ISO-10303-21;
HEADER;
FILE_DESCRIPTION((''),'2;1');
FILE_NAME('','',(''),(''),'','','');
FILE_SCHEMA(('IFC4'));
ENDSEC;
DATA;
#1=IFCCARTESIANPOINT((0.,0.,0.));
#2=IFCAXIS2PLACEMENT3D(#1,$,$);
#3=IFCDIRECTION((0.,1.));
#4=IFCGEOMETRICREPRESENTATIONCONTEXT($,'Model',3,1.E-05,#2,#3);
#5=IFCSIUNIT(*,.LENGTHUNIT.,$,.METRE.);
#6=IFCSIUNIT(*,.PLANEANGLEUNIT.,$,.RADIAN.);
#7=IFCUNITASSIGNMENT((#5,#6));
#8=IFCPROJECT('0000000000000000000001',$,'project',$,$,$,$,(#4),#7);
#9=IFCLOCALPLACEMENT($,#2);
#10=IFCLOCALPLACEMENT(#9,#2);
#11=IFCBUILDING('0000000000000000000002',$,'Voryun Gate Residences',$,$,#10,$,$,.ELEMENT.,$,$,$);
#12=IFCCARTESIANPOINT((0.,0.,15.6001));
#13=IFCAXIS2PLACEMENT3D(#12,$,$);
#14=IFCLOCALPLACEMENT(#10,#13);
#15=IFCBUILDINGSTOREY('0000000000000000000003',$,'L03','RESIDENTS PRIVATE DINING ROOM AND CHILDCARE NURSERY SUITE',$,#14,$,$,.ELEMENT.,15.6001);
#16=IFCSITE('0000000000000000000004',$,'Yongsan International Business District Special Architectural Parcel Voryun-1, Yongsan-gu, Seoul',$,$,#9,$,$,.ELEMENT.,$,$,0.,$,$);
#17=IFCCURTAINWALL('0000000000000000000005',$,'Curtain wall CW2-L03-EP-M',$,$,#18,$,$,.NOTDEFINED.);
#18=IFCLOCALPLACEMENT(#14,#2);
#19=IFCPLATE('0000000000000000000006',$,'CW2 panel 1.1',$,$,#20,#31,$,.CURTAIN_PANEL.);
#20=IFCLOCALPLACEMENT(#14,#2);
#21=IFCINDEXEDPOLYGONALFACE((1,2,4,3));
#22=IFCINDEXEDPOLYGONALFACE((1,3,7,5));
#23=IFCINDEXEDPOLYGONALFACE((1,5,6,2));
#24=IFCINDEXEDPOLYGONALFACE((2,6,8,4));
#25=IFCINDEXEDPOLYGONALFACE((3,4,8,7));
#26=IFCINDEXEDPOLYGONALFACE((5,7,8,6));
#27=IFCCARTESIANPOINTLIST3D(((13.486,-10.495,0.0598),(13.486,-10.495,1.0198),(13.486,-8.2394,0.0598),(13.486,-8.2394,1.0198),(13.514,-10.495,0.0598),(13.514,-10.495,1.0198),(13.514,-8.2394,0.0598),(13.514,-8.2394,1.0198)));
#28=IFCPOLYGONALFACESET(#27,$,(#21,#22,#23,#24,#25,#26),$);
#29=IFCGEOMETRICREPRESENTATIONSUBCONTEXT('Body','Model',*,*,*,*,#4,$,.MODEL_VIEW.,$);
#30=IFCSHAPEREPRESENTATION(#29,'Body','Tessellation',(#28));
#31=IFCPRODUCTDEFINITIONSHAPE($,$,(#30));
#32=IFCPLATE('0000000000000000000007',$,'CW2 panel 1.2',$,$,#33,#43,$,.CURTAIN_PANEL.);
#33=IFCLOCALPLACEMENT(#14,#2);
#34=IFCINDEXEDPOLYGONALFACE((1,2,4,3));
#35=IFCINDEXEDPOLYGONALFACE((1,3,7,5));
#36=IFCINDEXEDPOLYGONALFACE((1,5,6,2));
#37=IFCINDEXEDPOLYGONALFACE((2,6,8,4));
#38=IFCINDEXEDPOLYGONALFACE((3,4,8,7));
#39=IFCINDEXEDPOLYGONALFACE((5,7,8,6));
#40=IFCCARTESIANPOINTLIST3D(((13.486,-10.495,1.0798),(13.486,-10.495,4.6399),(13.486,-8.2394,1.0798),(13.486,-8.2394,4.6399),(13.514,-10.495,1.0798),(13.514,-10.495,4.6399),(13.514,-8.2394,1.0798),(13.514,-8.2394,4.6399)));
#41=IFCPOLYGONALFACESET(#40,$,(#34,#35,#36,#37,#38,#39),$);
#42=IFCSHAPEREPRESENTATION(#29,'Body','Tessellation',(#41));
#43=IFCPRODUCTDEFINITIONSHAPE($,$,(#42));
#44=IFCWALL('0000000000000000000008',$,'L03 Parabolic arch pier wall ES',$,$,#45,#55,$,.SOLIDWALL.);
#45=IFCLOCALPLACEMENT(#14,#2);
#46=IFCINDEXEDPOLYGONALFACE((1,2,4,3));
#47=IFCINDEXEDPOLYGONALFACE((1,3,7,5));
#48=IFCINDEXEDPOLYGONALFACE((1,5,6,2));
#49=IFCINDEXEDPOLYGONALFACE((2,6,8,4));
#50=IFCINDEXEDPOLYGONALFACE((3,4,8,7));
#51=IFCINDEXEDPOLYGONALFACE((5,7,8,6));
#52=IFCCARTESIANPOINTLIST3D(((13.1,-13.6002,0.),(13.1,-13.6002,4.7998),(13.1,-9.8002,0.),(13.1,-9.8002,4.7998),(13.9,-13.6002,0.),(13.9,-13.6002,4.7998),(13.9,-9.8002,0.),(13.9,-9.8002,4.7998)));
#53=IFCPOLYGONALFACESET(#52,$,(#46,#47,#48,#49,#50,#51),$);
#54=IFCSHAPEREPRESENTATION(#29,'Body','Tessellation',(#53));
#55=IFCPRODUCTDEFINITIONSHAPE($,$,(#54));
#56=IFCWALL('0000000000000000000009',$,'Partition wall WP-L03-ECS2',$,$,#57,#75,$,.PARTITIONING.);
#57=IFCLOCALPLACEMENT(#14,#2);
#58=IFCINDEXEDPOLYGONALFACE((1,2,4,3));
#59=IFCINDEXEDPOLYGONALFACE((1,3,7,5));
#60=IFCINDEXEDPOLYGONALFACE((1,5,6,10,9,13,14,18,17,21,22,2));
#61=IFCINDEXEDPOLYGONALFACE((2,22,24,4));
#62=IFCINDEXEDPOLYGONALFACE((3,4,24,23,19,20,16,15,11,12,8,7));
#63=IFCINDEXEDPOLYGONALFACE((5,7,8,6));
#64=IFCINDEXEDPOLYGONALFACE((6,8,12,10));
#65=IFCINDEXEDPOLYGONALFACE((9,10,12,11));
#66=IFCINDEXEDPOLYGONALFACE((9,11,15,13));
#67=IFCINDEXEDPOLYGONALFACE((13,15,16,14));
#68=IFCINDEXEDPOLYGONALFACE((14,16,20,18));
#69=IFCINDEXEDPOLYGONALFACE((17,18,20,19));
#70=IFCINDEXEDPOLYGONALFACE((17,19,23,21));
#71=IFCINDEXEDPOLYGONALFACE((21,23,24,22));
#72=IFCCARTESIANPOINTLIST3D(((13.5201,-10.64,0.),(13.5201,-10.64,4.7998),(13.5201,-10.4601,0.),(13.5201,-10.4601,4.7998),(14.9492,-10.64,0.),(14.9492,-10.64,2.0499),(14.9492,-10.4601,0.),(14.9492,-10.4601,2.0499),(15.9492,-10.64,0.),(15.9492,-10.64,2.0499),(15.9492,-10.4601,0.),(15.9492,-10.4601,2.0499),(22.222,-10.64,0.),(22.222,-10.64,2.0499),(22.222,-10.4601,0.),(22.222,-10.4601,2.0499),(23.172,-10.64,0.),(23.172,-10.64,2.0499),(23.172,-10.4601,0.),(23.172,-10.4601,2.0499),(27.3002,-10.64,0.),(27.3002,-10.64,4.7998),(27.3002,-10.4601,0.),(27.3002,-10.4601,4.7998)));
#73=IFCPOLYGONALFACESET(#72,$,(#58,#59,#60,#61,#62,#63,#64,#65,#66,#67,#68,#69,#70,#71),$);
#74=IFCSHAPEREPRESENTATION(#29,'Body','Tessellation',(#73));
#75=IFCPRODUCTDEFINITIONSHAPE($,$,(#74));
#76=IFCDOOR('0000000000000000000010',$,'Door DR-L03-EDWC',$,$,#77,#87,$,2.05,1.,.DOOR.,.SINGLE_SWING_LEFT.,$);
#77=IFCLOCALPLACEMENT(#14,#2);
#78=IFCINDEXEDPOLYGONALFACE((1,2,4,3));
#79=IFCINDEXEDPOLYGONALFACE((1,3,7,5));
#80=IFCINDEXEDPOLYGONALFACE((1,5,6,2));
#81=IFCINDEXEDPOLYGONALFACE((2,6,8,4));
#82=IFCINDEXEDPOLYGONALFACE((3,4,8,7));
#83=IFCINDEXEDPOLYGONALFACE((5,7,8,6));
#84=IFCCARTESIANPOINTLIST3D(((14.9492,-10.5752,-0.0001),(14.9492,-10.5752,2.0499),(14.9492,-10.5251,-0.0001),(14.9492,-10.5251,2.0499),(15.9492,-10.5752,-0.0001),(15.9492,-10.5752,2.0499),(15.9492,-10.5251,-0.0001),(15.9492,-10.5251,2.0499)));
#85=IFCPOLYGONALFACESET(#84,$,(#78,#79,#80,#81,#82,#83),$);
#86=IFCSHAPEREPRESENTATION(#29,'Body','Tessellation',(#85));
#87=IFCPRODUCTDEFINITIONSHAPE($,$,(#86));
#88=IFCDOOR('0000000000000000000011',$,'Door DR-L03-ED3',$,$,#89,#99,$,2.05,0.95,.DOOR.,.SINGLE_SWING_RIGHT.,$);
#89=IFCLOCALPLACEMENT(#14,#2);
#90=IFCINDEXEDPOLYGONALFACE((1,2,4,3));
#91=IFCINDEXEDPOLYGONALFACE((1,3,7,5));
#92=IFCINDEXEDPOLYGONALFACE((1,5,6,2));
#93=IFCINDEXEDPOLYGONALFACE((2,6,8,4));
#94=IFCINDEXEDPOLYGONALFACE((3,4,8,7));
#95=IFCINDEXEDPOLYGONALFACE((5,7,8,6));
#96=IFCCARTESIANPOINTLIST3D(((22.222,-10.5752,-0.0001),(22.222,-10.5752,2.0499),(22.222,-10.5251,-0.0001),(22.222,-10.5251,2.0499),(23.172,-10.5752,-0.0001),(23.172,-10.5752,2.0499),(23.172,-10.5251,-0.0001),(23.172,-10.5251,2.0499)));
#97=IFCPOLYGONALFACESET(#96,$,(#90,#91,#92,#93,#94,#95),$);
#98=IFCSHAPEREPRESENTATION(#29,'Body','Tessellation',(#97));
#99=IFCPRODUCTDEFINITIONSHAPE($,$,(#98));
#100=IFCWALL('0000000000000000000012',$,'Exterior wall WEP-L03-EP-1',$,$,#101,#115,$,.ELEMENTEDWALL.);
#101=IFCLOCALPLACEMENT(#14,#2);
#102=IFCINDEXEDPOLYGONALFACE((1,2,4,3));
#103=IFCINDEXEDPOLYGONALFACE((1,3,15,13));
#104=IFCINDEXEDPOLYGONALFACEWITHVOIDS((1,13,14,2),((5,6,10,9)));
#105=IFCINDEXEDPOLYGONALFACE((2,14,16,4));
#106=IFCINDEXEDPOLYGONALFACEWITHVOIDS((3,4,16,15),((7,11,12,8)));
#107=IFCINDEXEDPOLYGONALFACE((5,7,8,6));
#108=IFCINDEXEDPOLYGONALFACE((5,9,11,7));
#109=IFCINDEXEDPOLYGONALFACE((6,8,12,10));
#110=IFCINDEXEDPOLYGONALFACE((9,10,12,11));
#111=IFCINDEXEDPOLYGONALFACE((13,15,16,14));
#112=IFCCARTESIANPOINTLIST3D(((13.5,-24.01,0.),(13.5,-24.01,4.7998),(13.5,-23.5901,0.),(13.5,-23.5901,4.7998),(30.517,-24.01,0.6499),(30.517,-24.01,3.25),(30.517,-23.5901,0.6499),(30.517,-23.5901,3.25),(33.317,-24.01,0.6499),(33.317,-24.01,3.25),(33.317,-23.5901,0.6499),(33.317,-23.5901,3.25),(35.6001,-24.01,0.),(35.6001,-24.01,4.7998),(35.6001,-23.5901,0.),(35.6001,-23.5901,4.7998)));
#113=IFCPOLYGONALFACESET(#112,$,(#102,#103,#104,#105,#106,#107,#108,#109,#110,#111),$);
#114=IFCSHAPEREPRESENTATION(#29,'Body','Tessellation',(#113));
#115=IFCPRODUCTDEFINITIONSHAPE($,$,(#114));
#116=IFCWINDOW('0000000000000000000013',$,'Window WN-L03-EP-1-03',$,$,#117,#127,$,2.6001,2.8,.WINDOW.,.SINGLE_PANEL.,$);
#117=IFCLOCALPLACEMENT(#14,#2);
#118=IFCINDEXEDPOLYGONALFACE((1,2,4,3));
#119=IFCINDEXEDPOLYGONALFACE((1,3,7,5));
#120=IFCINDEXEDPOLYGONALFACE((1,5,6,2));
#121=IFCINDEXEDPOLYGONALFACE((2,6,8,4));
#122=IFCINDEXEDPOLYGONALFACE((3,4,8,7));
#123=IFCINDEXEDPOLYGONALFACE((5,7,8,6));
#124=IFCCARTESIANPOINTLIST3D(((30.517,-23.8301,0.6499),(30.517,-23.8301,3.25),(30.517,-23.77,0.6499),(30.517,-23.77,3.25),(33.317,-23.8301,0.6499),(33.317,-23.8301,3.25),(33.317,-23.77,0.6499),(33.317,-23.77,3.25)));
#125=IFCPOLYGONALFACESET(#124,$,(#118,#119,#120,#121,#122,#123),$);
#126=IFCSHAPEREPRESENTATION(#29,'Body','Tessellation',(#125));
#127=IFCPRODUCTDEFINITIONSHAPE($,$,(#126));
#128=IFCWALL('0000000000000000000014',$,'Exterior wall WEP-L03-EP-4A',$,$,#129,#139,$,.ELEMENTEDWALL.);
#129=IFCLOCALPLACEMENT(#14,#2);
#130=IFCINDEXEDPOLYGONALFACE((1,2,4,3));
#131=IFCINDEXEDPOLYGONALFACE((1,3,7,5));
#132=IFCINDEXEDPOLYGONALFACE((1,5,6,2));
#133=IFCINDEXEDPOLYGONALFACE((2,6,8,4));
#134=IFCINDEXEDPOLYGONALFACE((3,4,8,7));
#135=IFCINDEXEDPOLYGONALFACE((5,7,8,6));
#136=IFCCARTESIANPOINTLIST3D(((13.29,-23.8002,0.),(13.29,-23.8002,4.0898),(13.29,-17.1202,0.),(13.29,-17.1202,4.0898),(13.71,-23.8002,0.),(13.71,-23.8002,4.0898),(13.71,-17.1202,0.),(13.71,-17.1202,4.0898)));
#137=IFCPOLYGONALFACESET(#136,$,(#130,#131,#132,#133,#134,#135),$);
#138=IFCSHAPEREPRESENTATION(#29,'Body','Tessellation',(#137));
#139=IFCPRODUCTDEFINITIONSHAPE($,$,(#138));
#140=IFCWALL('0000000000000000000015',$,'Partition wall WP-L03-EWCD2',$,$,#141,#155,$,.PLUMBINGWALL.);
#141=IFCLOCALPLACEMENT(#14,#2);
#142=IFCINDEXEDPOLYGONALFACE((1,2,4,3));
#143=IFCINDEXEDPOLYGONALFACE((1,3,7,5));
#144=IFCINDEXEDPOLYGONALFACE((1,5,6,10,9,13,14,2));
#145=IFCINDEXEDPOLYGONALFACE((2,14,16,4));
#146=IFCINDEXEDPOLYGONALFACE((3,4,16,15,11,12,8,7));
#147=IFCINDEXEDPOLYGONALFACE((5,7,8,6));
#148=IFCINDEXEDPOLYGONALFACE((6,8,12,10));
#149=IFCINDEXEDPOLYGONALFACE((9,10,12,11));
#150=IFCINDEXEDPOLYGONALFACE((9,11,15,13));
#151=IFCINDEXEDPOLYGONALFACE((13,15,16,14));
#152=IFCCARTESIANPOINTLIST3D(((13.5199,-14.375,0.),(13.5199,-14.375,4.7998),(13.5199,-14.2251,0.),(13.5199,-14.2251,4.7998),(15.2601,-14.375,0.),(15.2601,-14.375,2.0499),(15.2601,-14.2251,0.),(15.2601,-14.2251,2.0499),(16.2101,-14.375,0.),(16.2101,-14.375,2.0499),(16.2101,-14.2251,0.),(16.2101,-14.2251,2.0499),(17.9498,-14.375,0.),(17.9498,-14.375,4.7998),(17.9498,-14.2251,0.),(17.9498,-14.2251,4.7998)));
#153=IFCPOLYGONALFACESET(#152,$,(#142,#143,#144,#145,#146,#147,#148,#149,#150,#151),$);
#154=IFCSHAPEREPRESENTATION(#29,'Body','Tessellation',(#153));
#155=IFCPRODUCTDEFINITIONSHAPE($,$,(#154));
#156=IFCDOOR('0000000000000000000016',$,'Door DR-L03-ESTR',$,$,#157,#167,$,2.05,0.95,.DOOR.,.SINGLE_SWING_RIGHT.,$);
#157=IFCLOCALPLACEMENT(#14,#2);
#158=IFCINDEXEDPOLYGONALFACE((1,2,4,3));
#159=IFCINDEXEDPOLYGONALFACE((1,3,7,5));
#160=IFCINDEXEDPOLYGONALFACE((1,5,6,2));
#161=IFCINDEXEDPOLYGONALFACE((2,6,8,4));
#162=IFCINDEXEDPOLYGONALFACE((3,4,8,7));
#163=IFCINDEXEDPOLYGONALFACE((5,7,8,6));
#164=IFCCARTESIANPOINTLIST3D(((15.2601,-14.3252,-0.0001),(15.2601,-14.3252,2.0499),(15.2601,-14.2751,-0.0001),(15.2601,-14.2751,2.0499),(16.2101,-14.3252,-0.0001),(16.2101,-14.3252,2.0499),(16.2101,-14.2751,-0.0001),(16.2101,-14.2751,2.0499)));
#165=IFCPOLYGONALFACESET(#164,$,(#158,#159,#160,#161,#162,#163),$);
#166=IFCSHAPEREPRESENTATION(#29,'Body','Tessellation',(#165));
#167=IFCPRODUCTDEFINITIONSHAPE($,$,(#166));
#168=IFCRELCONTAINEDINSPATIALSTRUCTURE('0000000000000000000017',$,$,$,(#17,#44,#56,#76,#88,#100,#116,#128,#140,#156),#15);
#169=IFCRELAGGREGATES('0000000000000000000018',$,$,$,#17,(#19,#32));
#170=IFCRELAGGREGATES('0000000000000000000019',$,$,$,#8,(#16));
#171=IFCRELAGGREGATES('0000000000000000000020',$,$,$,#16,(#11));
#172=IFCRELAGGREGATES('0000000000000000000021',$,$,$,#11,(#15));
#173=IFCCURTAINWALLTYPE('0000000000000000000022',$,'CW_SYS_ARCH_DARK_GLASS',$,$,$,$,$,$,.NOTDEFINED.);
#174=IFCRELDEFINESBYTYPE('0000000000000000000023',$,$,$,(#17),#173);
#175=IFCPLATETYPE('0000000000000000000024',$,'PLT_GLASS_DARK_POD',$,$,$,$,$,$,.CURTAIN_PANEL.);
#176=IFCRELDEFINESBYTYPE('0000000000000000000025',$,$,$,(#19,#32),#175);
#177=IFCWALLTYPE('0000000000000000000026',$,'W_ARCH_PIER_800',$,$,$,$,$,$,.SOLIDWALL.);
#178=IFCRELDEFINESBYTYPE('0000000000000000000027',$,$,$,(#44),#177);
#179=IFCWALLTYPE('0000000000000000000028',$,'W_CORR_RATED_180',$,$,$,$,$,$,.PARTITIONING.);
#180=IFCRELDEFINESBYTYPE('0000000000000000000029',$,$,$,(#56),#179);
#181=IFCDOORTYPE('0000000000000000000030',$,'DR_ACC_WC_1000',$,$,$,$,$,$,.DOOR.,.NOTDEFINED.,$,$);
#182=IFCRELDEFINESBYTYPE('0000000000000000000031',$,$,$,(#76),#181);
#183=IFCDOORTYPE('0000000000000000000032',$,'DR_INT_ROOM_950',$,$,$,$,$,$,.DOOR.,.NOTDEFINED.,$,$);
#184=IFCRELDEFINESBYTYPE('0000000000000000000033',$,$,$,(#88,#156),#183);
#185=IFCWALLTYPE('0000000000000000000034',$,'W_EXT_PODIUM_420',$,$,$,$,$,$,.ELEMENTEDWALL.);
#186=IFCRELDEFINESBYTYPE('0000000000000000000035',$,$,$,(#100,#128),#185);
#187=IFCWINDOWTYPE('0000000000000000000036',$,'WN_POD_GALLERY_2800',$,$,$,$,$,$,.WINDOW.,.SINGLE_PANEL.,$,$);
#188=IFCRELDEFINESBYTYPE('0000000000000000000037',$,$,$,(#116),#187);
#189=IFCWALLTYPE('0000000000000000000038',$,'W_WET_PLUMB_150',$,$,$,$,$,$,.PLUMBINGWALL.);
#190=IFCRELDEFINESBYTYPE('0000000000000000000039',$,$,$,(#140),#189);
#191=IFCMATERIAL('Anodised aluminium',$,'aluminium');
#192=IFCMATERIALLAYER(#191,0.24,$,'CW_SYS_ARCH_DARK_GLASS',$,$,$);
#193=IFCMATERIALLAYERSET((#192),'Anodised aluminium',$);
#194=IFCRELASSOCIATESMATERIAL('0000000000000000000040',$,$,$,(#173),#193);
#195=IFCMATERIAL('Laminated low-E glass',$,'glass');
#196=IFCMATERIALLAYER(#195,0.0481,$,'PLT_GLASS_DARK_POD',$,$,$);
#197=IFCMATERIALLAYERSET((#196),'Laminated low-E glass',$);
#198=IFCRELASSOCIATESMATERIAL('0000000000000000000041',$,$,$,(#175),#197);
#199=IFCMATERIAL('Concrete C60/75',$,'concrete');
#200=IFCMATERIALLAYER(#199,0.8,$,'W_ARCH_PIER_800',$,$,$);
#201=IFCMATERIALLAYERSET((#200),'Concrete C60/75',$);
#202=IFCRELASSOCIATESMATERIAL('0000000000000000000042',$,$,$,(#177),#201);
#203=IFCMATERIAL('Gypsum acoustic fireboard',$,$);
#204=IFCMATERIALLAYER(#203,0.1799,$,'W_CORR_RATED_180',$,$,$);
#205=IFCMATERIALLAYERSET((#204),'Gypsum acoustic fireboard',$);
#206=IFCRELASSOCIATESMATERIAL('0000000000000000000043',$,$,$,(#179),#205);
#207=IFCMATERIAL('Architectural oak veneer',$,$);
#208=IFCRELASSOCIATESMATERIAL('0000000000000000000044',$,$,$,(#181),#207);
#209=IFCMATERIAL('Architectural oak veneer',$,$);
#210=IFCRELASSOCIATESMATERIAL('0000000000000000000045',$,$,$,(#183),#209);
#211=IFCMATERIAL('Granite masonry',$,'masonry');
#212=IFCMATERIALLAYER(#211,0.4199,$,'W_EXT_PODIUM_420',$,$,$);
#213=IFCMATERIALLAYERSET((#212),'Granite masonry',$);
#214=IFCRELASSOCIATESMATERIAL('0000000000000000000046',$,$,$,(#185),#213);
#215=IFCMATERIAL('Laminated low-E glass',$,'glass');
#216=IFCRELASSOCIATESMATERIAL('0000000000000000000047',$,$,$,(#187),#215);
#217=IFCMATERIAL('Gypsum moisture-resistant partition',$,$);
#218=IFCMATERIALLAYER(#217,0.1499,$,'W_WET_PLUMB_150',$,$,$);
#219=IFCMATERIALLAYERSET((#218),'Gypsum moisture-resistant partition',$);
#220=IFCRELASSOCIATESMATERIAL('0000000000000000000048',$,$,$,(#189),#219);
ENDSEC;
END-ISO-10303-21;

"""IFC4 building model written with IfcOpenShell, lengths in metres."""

from ifc_helpers import new_model, si_unit, direction, frame, frame_2d, origin, origin_2d, place, context, subcontext, project, spatial, rectangle, extrude, material, layer, layer_set, type_object, element, fill, aggregate, save


model = new_model("IFC4")

# Units and contexts
model_context = context("Model", 3, precision=1e-05, world=origin(), true_north=direction((0.0, 1.0)))
body_context = subcontext(model_context, "Body", "Model", "MODEL_VIEW")
ifc_project = project(units=[si_unit("LENGTHUNIT", "METRE"), si_unit("PLANEANGLEUNIT", "RADIAN")], contexts=[model_context])

# Site, building, storey
site_placement = place(None, origin())
site = spatial("IfcSite", under=ifc_project, at=site_placement, Name="Yongsan International Business District Special Architectural Parcel Voryun-1, Yongsan-gu, Seoul", CompositionType="ELEMENT", RefElevation=0.0)
building_placement = place(site_placement, origin())
building = spatial("IfcBuilding", under=site, at=building_placement, Name="Voryun Gate Residences", CompositionType="ELEMENT")
storey_placement = place(building_placement, frame((0.0, 0.0, 15.6001)))
storey = spatial("IfcBuildingStorey", under=building, at=storey_placement, Name="L03", Description="RESIDENTS PRIVATE DINING ROOM AND CHILDCARE NURSERY SUITE", CompositionType="ELEMENT", Elevation=15.6001)

# Curtain wall
ifc_material_1 = material(Name="Anodised aluminium", Category="aluminium")
ifc_layer_1 = layer(ifc_material_1, 0.24, Name="CW_SYS_ARCH_DARK_GLASS")
ifc_layer_set_1 = layer_set([ifc_layer_1], Name="Anodised aluminium")
curtain_wall_type = type_object("IfcCurtainWallType", Name="CW_SYS_ARCH_DARK_GLASS", PredefinedType="NOTDEFINED", material=ifc_layer_set_1)
curtain_wall_placement = place(storey_placement, origin())
curtain_wall = element("IfcCurtainWall", 1, at=curtain_wall_placement, inside=storey, type_object=curtain_wall_type, Name="Curtain wall CW2-L03-EP-M", PredefinedType="NOTDEFINED")

# Plates
ifc_material_2 = material(Name="Laminated low-E glass", Category="glass")
ifc_layer_2 = layer(ifc_material_2, 0.0481, Name="PLT_GLASS_DARK_POD")
ifc_layer_set_2 = layer_set([ifc_layer_2], Name="Laminated low-E glass")
plate_type_1 = type_object("IfcPlateType", Name="PLT_GLASS_DARK_POD", PredefinedType="CURTAIN_PANEL", material=ifc_layer_set_2)
plate_1_placement = place(storey_placement, frame((13.5, -9.3672, 0.0598), z_axis=(0.0, 0.0, 1.0), x_axis=(0.0, 1.0, 0.0)))
plate_1 = element("IfcPlate", 2, at=plate_1_placement, type_object=plate_type_1, Name="CW2 panel 1.1", PredefinedType="CURTAIN_PANEL", context=body_context, shape_type="SweptSolid", body=[
    extrude(rectangle(XDim=2.2556, YDim=0.0281, at=origin_2d()), origin(), (0.0, 0.0, 1.0), 0.96),
])
plate_2_placement = place(storey_placement, frame((13.5, -9.3672, 1.0798), z_axis=(0.0, 0.0, 1.0), x_axis=(0.0, 1.0, 0.0)))
plate_2 = element("IfcPlate", 3, at=plate_2_placement, type_object=plate_type_1, Name="CW2 panel 1.2", PredefinedType="CURTAIN_PANEL", context=body_context, shape_type="SweptSolid", body=[
    extrude(rectangle(XDim=2.2556, YDim=0.0281, at=origin_2d()), origin(), (0.0, 0.0, 1.0), 3.5601),
])
aggregate(curtain_wall, [plate_1, plate_2])

# Wall
ifc_material_3 = material(Name="Concrete C60/75", Category="concrete")
ifc_layer_3 = layer(ifc_material_3, 0.8, Name="W_ARCH_PIER_800")
ifc_layer_set_3 = layer_set([ifc_layer_3], Name="Concrete C60/75")
wall_type_1 = type_object("IfcWallType", Name="W_ARCH_PIER_800", PredefinedType="SOLIDWALL", material=ifc_layer_set_3)
wall_1_placement = place(storey_placement, frame((13.5, -13.6001, 0.0), z_axis=(0.0, 0.0, 1.0), x_axis=(0.0, 1.0, 0.0)))
element("IfcWall", 4, at=wall_1_placement, inside=storey, type_object=wall_type_1, Name="L03 Parabolic arch pier wall ES", PredefinedType="SOLIDWALL", context=body_context, shape_type="SweptSolid", body=[
    extrude(rectangle(XDim=3.8, YDim=0.8, at=frame_2d((1.8999, 0.0))), origin(), (0.0, 0.0, 1.0), 4.7998),
])

# Wall, openings, doors
ifc_material_4 = material(Name="Gypsum acoustic fireboard")
ifc_layer_4 = layer(ifc_material_4, 0.1799, Name="W_CORR_RATED_180")
ifc_layer_set_4 = layer_set([ifc_layer_4], Name="Gypsum acoustic fireboard")
wall_type_2 = type_object("IfcWallType", Name="W_CORR_RATED_180", PredefinedType="PARTITIONING", material=ifc_layer_set_4)
wall_2_placement = place(storey_placement, frame((13.52, -10.55, 0.0), z_axis=(0.0, 0.0, 1.0), x_axis=(1.0, 0.0, 0.0)))
wall_2 = element("IfcWall", 5, at=wall_2_placement, inside=storey, type_object=wall_type_2, Name="Partition wall WP-L03-ECS2", PredefinedType="PARTITIONING", context=body_context, shape_type="SweptSolid", body=[
    extrude(rectangle(XDim=13.78, YDim=0.1799, at=frame_2d((6.8901, 0.0))), origin(), (0.0, 0.0, 1.0), 4.7998),
])
opening_1_placement = place(wall_2_placement, frame((1.4292, 0.0, 0.0)))
opening_1 = element("IfcOpeningElement", 6, at=opening_1_placement, cuts=wall_2, PredefinedType="OPENING", context=body_context, shape_type="SweptSolid", body=[
    extrude(rectangle(XDim=1.0, YDim=2.05, at=frame_2d((0.5, 1.0249))), frame((0.0, 0.0999, 0.0), z_axis=(0.0, -1.0, 0.0), x_axis=(1.0, 0.0, 0.0)), (0.0, 0.0, 1.0), 0.2),
])
opening_2_placement = place(wall_2_placement, frame((8.7019, 0.0, 0.0)))
opening_2 = element("IfcOpeningElement", 7, at=opening_2_placement, cuts=wall_2, PredefinedType="OPENING", context=body_context, shape_type="SweptSolid", body=[
    extrude(rectangle(XDim=0.95, YDim=2.05, at=frame_2d((0.4751, 1.0249))), frame((0.0, 0.0999, 0.0), z_axis=(0.0, -1.0, 0.0), x_axis=(1.0, 0.0, 0.0)), (0.0, 0.0, 1.0), 0.2),
])
ifc_material_5 = material(Name="Architectural oak veneer")
door_type_1 = type_object("IfcDoorType", Name="DR_ACC_WC_1000", OperationType="NOTDEFINED", PredefinedType="DOOR", material=ifc_material_5)
door_1_placement = place(opening_1_placement, origin())
door_1 = element("IfcDoor", 8, at=door_1_placement, inside=storey, type_object=door_type_1, Name="Door DR-L03-EDWC", OperationType="SINGLE_SWING_LEFT", OverallHeight=2.05, OverallWidth=1.0, PredefinedType="DOOR", context=body_context, shape_type="SweptSolid", body=[
    extrude(rectangle(XDim=1.0, YDim=2.05, at=frame_2d((0.5, 1.0249))), frame((0.0, 0.0249, 0.0), z_axis=(0.0, -1.0, 0.0), x_axis=(1.0, 0.0, 0.0)), (0.0, 0.0, 1.0), 0.05),
])
fill(opening_1, door_1)
ifc_material_6 = material(Name="Architectural oak veneer")
door_type_2 = type_object("IfcDoorType", Name="DR_INT_ROOM_950", OperationType="NOTDEFINED", PredefinedType="DOOR", material=ifc_material_6)
door_2_placement = place(opening_2_placement, origin())
door_2 = element("IfcDoor", 9, at=door_2_placement, inside=storey, type_object=door_type_2, Name="Door DR-L03-ED3", OperationType="SINGLE_SWING_RIGHT", OverallHeight=2.05, OverallWidth=0.95, PredefinedType="DOOR", context=body_context, shape_type="SweptSolid", body=[
    extrude(rectangle(XDim=0.95, YDim=2.05, at=frame_2d((0.4751, 1.0249))), frame((0.0, 0.0249, 0.0), z_axis=(0.0, -1.0, 0.0), x_axis=(1.0, 0.0, 0.0)), (0.0, 0.0, 1.0), 0.05),
])
fill(opening_2, door_2)

# Wall, opening, window
ifc_material_7 = material(Name="Granite masonry", Category="masonry")
ifc_layer_5 = layer(ifc_material_7, 0.4199, Name="W_EXT_PODIUM_420")
ifc_layer_set_5 = layer_set([ifc_layer_5], Name="Granite masonry")
wall_type_3 = type_object("IfcWallType", Name="W_EXT_PODIUM_420", PredefinedType="ELEMENTEDWALL", material=ifc_layer_set_5)
wall_3_placement = place(storey_placement, frame((13.5, -23.8, 0.0), z_axis=(0.0, 0.0, 1.0), x_axis=(1.0, 0.0, 0.0)))
wall_3 = element("IfcWall", 10, at=wall_3_placement, inside=storey, type_object=wall_type_3, Name="Exterior wall WEP-L03-EP-1", PredefinedType="ELEMENTEDWALL", context=body_context, shape_type="SweptSolid", body=[
    extrude(rectangle(XDim=22.1001, YDim=0.4199, at=frame_2d((11.05, 0.0))), origin(), (0.0, 0.0, 1.0), 4.7998),
])
opening_3_placement = place(wall_3_placement, frame((17.0171, 0.0, 0.6499)))
opening_3 = element("IfcOpeningElement", 11, at=opening_3_placement, cuts=wall_3, PredefinedType="OPENING", context=body_context, shape_type="SweptSolid", body=[
    extrude(rectangle(XDim=2.8, YDim=2.6001, at=frame_2d((1.3999, 1.3))), frame((0.0, 0.22, 0.0), z_axis=(0.0, -1.0, 0.0), x_axis=(1.0, 0.0, 0.0)), (0.0, 0.0, 1.0), 0.4399),
])
ifc_material_8 = material(Name="Laminated low-E glass", Category="glass")
window_type = type_object("IfcWindowType", Name="WN_POD_GALLERY_2800", PartitioningType="SINGLE_PANEL", PredefinedType="WINDOW", material=ifc_material_8)
window_placement = place(opening_3_placement, origin())
window = element("IfcWindow", 12, at=window_placement, inside=storey, type_object=window_type, Name="Window WN-L03-EP-1-03", OverallHeight=2.6001, OverallWidth=2.8, PartitioningType="SINGLE_PANEL", PredefinedType="WINDOW", context=body_context, shape_type="SweptSolid", body=[
    extrude(rectangle(XDim=2.8, YDim=2.6001, at=frame_2d((1.3999, 1.3))), frame((0.0, 0.03, 0.0), z_axis=(0.0, -1.0, 0.0), x_axis=(1.0, 0.0, 0.0)), (0.0, 0.0, 1.0), 0.0601),
])
fill(opening_3, window)

# Wall
wall_4_placement = place(storey_placement, frame((13.5, -23.8, 0.0), z_axis=(0.0, 0.0, 1.0), x_axis=(0.0, 1.0, 0.0)))
element("IfcWall", 13, at=wall_4_placement, inside=storey, type_object=wall_type_3, Name="Exterior wall WEP-L03-EP-4A", PredefinedType="ELEMENTEDWALL", context=body_context, shape_type="SweptSolid", body=[
    extrude(rectangle(XDim=6.6799, YDim=0.4199, at=frame_2d((3.3398, 0.0))), origin(), (0.0, 0.0, 1.0), 4.0898),
])

# Wall, opening, door
ifc_material_9 = material(Name="Gypsum moisture-resistant partition")
ifc_layer_6 = layer(ifc_material_9, 0.1499, Name="W_WET_PLUMB_150")
ifc_layer_set_6 = layer_set([ifc_layer_6], Name="Gypsum moisture-resistant partition")
wall_type_4 = type_object("IfcWallType", Name="W_WET_PLUMB_150", PredefinedType="PLUMBINGWALL", material=ifc_layer_set_6)
wall_5_placement = place(storey_placement, frame((13.52, -14.3, 0.0), z_axis=(0.0, 0.0, 1.0), x_axis=(1.0, 0.0, 0.0)))
wall_5 = element("IfcWall", 14, at=wall_5_placement, inside=storey, type_object=wall_type_4, Name="Partition wall WP-L03-EWCD2", PredefinedType="PLUMBINGWALL", context=body_context, shape_type="SweptSolid", body=[
    extrude(rectangle(XDim=4.4299, YDim=0.1499, at=frame_2d((2.2148, 0.0))), origin(), (0.0, 0.0, 1.0), 4.7998),
])
opening_4_placement = place(wall_5_placement, frame((1.74, 0.0, 0.0)))
opening_4 = element("IfcOpeningElement", 15, at=opening_4_placement, cuts=wall_5, PredefinedType="OPENING", context=body_context, shape_type="SweptSolid", body=[
    extrude(rectangle(XDim=0.95, YDim=2.05, at=frame_2d((0.4751, 1.0249))), frame((0.0, 0.085, 0.0), z_axis=(0.0, -1.0, 0.0), x_axis=(1.0, 0.0, 0.0)), (0.0, 0.0, 1.0), 0.1699),
])
door_3_placement = place(opening_4_placement, origin())
door_3 = element("IfcDoor", 16, at=door_3_placement, inside=storey, type_object=door_type_2, Name="Door DR-L03-ESTR", OperationType="SINGLE_SWING_RIGHT", OverallHeight=2.05, OverallWidth=0.95, PredefinedType="DOOR", context=body_context, shape_type="SweptSolid", body=[
    extrude(rectangle(XDim=0.95, YDim=2.05, at=frame_2d((0.4751, 1.0249))), frame((0.0, 0.0249, 0.0), z_axis=(0.0, -1.0, 0.0), x_axis=(1.0, 0.0, 0.0)), (0.0, 0.0, 1.0), 0.05),
])
fill(opening_4, door_3)

save(model, "model.ifc")
